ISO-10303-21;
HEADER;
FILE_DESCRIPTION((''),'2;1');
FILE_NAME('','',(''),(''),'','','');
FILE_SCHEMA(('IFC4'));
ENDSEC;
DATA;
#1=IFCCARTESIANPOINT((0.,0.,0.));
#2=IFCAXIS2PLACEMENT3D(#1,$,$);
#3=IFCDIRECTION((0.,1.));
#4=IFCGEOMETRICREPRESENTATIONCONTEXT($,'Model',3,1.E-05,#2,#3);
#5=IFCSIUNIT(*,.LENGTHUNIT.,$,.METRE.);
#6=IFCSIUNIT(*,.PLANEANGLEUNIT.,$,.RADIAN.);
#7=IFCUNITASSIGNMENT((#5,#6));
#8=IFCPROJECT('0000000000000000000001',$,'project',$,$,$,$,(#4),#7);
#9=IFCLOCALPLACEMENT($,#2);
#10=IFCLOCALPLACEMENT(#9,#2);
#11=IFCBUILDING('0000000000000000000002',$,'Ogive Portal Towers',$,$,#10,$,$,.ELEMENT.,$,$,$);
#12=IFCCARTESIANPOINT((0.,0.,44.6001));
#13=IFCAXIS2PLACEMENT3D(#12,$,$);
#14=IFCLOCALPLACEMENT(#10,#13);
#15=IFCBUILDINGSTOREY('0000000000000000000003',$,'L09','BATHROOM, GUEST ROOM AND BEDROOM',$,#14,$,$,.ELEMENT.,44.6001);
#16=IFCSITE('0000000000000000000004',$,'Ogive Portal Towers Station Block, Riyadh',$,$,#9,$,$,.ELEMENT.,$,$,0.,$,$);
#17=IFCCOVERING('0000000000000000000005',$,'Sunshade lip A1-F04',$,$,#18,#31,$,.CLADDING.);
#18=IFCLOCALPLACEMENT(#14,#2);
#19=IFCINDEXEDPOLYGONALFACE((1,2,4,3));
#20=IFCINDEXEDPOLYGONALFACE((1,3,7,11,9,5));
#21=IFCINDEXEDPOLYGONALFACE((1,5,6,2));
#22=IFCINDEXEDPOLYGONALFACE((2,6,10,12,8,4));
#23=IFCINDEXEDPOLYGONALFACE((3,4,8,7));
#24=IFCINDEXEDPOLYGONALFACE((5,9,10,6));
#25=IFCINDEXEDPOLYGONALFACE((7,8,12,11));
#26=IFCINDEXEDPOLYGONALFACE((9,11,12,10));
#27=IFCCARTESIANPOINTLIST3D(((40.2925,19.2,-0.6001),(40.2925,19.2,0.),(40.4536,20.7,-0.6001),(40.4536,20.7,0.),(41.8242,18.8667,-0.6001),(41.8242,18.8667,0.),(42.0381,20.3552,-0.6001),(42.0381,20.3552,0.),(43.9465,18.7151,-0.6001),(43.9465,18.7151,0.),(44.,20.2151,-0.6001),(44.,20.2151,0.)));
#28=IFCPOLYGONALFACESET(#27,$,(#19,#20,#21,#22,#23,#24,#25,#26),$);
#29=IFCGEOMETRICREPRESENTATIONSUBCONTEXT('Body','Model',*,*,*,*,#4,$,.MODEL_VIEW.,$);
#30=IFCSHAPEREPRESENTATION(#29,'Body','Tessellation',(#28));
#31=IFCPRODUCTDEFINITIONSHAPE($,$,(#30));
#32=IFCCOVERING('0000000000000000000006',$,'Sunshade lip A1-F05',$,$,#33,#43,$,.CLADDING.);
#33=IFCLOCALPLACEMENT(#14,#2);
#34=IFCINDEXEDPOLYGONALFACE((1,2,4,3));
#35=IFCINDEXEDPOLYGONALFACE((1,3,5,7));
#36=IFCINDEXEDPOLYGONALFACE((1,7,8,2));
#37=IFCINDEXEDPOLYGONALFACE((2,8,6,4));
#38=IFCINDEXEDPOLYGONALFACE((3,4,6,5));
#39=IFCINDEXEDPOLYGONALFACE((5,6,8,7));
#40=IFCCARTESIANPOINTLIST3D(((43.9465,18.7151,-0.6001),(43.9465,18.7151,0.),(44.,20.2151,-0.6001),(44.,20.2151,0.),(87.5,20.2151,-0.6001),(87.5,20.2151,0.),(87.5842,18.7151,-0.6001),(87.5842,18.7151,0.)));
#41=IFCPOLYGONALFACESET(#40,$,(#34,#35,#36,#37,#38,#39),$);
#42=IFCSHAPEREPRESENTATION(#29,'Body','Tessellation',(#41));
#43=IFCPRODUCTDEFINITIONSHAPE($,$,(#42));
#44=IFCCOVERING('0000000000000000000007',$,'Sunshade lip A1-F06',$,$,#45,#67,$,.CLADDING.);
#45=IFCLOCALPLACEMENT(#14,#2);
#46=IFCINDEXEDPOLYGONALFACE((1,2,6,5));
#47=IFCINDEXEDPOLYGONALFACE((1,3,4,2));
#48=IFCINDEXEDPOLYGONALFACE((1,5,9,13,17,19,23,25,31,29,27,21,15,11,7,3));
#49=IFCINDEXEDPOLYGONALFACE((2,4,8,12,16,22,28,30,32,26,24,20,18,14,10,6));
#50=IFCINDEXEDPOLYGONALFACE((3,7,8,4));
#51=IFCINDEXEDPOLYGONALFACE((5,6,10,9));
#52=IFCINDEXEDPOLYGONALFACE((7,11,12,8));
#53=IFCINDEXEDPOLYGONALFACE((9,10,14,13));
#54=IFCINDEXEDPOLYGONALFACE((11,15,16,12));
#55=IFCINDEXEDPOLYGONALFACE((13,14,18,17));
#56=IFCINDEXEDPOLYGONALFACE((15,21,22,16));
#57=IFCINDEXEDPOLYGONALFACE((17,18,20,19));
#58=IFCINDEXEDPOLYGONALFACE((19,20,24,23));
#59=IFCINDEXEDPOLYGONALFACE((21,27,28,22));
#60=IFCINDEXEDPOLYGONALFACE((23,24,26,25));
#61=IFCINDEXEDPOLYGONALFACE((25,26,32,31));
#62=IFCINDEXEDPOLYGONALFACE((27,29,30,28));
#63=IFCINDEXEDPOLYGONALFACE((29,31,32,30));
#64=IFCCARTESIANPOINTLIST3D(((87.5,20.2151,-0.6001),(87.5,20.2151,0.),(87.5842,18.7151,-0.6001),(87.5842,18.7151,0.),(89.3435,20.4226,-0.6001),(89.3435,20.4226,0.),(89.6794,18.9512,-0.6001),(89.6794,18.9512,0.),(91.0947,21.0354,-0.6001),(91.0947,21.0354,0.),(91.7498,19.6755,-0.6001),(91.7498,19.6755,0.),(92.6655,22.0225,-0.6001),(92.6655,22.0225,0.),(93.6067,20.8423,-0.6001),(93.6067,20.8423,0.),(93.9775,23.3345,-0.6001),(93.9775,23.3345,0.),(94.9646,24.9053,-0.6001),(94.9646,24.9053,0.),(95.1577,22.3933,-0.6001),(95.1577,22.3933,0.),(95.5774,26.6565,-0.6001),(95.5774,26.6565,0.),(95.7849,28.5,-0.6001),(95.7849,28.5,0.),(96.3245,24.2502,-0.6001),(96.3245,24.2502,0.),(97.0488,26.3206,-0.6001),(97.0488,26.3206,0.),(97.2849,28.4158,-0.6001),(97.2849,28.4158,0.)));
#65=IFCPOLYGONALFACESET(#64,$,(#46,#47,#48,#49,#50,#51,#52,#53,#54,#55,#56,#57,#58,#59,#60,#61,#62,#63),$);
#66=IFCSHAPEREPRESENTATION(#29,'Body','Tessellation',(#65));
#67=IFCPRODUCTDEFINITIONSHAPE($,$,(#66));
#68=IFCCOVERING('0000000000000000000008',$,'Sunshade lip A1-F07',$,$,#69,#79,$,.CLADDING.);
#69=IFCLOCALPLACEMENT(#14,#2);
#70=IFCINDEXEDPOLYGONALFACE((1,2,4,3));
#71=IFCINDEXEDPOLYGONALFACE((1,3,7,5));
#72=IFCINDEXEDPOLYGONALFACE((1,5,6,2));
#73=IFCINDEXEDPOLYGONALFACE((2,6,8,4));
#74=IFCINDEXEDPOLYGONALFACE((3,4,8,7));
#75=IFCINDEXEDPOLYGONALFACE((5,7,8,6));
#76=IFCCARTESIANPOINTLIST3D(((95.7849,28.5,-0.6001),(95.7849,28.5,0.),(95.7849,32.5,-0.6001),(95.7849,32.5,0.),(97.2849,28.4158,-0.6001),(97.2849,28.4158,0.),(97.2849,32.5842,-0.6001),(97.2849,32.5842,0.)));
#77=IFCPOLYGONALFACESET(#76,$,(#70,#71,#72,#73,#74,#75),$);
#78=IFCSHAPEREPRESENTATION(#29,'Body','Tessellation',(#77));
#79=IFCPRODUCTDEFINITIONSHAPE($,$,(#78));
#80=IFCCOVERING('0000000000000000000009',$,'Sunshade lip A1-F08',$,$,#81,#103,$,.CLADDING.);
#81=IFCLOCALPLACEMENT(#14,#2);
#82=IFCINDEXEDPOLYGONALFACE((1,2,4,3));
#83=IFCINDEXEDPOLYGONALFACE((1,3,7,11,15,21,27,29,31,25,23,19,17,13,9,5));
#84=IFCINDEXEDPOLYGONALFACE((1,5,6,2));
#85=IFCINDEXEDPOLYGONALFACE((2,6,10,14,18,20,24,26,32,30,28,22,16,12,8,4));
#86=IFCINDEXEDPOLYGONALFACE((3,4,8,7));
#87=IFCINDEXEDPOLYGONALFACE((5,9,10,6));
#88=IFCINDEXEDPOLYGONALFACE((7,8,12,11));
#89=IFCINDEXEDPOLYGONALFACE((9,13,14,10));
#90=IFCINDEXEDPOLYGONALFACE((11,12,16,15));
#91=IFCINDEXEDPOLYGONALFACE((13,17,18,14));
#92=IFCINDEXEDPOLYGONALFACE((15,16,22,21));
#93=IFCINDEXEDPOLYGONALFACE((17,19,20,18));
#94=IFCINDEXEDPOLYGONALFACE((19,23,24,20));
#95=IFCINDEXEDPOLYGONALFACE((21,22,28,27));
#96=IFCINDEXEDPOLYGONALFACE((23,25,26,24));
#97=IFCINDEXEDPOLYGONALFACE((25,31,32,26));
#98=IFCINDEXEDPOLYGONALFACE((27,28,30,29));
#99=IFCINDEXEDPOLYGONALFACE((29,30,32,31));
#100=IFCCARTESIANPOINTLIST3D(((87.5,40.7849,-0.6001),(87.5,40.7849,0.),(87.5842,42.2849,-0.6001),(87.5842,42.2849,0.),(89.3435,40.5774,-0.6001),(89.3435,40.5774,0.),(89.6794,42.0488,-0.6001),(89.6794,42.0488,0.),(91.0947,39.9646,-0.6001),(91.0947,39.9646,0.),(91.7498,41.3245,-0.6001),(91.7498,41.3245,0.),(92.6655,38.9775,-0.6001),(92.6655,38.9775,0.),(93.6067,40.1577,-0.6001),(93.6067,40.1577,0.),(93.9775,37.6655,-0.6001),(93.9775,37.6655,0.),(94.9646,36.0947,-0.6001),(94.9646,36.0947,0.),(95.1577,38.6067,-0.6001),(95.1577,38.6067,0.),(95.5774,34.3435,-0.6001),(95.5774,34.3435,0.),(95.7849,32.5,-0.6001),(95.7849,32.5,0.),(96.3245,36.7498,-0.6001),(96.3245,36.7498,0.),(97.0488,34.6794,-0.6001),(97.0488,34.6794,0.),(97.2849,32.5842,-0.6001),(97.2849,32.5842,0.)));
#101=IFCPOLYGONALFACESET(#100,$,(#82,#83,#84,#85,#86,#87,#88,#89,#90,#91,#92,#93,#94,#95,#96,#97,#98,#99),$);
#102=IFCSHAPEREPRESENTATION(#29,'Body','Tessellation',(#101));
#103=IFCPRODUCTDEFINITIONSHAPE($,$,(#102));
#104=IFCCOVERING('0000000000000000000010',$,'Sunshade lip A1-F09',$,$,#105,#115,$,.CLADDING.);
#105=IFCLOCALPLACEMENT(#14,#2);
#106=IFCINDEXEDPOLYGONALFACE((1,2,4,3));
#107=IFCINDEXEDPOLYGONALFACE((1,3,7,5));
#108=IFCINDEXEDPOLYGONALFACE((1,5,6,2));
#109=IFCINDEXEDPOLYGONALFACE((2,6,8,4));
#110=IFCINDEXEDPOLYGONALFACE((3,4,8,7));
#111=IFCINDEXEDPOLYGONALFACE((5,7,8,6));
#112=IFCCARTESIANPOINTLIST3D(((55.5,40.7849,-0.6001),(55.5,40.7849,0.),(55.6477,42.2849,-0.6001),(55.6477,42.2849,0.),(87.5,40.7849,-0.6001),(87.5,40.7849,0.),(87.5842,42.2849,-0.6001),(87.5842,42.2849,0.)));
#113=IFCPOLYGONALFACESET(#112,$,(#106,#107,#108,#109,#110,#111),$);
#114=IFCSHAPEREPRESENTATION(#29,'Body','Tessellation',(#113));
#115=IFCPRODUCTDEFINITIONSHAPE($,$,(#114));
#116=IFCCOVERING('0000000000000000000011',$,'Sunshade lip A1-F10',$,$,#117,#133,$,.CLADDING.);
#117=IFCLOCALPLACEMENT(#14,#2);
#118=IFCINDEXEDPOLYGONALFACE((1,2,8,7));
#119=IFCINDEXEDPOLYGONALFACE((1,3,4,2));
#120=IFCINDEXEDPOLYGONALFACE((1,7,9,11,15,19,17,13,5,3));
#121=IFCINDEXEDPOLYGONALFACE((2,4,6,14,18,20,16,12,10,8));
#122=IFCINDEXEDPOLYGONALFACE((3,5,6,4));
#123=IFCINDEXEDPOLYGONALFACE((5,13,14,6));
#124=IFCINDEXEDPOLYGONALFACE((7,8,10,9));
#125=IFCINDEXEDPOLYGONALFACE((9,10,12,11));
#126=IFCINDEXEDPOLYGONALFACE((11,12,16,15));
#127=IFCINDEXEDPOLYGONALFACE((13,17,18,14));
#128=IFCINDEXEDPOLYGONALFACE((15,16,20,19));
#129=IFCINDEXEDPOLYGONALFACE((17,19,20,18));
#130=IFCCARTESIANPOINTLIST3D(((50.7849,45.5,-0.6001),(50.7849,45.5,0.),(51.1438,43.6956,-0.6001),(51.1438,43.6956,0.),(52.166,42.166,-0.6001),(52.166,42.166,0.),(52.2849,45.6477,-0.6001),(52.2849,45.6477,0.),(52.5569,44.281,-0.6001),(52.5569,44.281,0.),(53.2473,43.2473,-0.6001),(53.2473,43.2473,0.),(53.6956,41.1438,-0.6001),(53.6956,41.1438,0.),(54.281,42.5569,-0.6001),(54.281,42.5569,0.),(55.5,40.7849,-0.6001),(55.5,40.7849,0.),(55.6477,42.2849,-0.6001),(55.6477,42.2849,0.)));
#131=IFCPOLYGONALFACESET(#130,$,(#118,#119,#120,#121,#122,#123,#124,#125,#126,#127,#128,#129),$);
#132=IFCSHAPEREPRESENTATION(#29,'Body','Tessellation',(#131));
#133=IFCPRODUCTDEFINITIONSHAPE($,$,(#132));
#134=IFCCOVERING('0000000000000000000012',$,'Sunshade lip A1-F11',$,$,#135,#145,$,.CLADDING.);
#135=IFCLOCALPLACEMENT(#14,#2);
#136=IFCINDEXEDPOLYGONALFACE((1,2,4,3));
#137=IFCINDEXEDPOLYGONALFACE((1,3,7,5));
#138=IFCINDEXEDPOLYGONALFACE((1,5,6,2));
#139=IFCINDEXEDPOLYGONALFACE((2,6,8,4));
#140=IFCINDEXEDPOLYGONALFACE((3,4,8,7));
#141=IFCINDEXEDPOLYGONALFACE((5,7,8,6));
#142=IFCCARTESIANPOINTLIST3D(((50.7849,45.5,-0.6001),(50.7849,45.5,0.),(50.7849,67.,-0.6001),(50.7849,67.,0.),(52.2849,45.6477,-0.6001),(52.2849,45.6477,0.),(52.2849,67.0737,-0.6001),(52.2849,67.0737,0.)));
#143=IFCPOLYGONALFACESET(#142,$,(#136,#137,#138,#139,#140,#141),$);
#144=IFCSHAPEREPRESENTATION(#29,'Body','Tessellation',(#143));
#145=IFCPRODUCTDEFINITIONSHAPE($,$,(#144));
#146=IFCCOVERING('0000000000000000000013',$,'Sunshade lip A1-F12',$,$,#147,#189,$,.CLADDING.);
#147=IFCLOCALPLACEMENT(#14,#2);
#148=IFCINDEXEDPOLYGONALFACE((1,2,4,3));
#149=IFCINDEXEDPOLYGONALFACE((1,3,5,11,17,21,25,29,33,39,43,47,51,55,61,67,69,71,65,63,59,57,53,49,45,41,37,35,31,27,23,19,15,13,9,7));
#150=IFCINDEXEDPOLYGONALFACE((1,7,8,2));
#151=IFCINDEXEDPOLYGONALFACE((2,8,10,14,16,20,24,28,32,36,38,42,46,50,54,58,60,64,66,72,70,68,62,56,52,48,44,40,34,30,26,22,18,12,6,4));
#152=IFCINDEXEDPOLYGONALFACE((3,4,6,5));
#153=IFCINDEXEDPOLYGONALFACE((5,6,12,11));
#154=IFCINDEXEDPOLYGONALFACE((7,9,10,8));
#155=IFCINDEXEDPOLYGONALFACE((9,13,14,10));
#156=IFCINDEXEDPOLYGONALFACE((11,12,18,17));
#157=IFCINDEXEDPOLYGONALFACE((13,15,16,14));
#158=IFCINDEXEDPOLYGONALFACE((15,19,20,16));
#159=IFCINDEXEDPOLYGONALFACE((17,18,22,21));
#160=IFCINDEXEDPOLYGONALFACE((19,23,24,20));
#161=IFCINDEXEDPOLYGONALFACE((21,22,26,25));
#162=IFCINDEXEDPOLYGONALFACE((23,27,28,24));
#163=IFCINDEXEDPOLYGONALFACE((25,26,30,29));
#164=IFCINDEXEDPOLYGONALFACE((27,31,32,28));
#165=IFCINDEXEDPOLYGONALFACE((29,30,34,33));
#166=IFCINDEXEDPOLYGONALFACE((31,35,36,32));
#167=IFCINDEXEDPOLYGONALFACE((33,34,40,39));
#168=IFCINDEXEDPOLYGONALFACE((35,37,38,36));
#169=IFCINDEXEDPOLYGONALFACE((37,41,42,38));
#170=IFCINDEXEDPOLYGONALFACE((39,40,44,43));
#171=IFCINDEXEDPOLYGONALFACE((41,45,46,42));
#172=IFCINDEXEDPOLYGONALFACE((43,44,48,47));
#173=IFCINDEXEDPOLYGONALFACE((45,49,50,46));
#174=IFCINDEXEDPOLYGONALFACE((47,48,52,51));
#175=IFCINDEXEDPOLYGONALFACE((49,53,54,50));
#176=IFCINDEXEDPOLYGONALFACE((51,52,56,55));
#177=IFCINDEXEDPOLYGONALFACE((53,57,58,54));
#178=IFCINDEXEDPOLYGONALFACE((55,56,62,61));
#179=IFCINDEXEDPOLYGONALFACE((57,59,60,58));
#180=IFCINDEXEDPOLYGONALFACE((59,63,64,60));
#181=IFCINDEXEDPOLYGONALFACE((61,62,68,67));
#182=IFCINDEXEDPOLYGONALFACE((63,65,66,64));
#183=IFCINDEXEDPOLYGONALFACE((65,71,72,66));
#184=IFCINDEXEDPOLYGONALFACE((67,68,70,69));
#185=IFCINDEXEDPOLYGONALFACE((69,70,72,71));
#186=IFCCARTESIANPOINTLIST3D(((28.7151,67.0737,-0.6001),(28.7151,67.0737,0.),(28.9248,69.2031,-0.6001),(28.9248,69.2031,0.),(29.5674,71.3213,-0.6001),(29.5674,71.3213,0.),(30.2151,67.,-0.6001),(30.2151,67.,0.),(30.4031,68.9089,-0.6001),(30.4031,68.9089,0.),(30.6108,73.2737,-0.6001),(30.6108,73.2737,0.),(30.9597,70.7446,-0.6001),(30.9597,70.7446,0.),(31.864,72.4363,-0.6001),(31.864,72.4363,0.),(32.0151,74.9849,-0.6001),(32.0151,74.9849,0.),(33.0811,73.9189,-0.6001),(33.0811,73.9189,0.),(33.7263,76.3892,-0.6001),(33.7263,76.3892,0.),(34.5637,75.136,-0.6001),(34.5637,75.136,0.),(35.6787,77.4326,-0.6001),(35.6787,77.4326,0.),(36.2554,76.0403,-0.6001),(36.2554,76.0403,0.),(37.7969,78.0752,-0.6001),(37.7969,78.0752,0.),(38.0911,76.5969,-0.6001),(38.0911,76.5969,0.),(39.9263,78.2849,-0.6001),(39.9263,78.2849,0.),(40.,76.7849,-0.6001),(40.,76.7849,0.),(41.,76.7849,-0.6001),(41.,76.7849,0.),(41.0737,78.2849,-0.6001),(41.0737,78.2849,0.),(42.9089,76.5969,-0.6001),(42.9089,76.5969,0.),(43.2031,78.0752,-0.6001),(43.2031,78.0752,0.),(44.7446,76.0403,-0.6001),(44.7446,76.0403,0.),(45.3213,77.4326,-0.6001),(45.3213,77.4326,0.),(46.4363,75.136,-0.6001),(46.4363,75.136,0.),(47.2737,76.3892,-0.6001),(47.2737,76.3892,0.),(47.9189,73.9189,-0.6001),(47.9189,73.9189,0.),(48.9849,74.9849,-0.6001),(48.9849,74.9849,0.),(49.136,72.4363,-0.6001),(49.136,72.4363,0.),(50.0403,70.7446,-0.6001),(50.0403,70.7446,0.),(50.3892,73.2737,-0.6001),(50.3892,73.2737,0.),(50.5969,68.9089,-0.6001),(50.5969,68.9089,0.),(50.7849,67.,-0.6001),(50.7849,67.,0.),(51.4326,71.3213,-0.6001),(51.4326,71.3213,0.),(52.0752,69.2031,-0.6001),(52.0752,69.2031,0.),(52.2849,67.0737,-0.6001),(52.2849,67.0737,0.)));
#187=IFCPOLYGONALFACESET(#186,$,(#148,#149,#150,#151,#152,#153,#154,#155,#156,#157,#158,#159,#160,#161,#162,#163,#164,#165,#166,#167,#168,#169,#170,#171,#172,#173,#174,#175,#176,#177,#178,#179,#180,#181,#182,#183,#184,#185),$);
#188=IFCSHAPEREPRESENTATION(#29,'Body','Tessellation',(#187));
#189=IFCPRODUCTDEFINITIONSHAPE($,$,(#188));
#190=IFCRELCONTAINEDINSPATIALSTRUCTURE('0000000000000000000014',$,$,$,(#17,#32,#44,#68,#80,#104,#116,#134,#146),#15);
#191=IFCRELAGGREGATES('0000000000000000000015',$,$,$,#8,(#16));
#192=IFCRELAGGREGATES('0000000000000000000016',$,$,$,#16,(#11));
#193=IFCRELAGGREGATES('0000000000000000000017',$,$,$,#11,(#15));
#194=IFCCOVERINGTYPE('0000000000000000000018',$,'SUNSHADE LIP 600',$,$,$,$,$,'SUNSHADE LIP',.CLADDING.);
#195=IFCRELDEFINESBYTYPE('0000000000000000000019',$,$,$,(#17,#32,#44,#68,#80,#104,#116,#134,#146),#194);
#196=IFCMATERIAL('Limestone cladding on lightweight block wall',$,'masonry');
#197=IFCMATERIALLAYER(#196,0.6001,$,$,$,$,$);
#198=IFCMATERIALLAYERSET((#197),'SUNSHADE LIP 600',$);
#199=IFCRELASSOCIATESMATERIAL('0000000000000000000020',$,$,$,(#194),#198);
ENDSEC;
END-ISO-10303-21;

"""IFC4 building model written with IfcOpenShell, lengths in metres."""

from ifc_helpers import new_model, si_unit, direction, frame, origin, place, context, subcontext, project, spatial, polyline, outline, extrude, material, layer, layer_set, type_object, element, save


model = new_model("IFC4")

# Units and contexts
model_context = context("Model", 3, precision=1e-05, world=origin(), true_north=direction((0.0, 1.0)))
body_context = subcontext(model_context, "Body", "Model", "MODEL_VIEW")
ifc_project = project(units=[si_unit("LENGTHUNIT", "METRE"), si_unit("PLANEANGLEUNIT", "RADIAN")], contexts=[model_context])

# Site, building, storey
site_placement = place(None, origin())
site = spatial("IfcSite", under=ifc_project, at=site_placement, Name="Ogive Portal Towers Station Block, Riyadh", CompositionType="ELEMENT", RefElevation=0.0)
building_placement = place(site_placement, origin())
building = spatial("IfcBuilding", under=site, at=building_placement, Name="Ogive Portal Towers", CompositionType="ELEMENT")
storey_placement = place(building_placement, frame((0.0, 0.0, 44.6001)))
storey = spatial("IfcBuildingStorey", under=building, at=storey_placement, Name="L09", Description="BATHROOM, GUEST ROOM AND BEDROOM", CompositionType="ELEMENT", Elevation=44.6001)

# Coverings
ifc_material_1 = material(Name="Limestone cladding on lightweight block wall", Category="masonry")
ifc_layer_1 = layer(ifc_material_1, 0.6001)
ifc_layer_set_1 = layer_set([ifc_layer_1], Name="SUNSHADE LIP 600")
covering_type_1 = type_object("IfcCoveringType", Name="SUNSHADE LIP 600", ElementType="SUNSHADE LIP", PredefinedType="CLADDING", material=ifc_layer_set_1)
covering_1_placement = place(storey_placement, frame((0.0, 0.0, -0.6001)))
element("IfcCovering", 1, at=covering_1_placement, inside=storey, type_object=covering_type_1, Name="Sunshade lip A1-F04", PredefinedType="CLADDING", context=body_context, shape_type="SweptSolid", body=[
    extrude(outline(polyline([(40.4536, 20.7), (42.0381, 20.3552), (44.0, 20.2151), (43.9465, 18.7151), (41.8242, 18.8667), (40.2925, 19.2), (40.4536, 20.7)])), origin(), (0.0, 0.0, 1.0), 0.6001),
])
covering_2_placement = place(storey_placement, frame((0.0, 0.0, -0.6001)))
element("IfcCovering", 2, at=covering_2_placement, inside=storey, type_object=covering_type_1, Name="Sunshade lip A1-F05", PredefinedType="CLADDING", context=body_context, shape_type="SweptSolid", body=[
    extrude(outline(polyline([(44.0, 20.2151), (87.5, 20.2151), (87.5842, 18.7151), (43.9465, 18.7151), (44.0, 20.2151)])), origin(), (0.0, 0.0, 1.0), 0.6001),
])
covering_3_placement = place(storey_placement, frame((0.0, 0.0, -0.6001)))
element("IfcCovering", 3, at=covering_3_placement, inside=storey, type_object=covering_type_1, Name="Sunshade lip A1-F06", PredefinedType="CLADDING", context=body_context, shape_type="SweptSolid", body=[
    extrude(outline(polyline([(87.5, 20.2151), (89.3435, 20.4226), (91.0947, 21.0354), (92.6655, 22.0225), (93.9775, 23.3345), (94.9646, 24.9053), (95.5774, 26.6565), (95.7849, 28.5), (97.2849, 28.4158), (97.0488, 26.3206), (96.3245, 24.2502), (95.1577, 22.3933), (93.6067, 20.8423), (91.7498, 19.6755), (89.6794, 18.9512), (87.5842, 18.7151), (87.5, 20.2151)])), origin(), (0.0, 0.0, 1.0), 0.6001),
])
covering_4_placement = place(storey_placement, frame((0.0, 0.0, -0.6001)))
element("IfcCovering", 4, at=covering_4_placement, inside=storey, type_object=covering_type_1, Name="Sunshade lip A1-F07", PredefinedType="CLADDING", context=body_context, shape_type="SweptSolid", body=[
    extrude(outline(polyline([(95.7849, 28.5), (95.7849, 32.5), (97.2849, 32.5842), (97.2849, 28.4158), (95.7849, 28.5)])), origin(), (0.0, 0.0, 1.0), 0.6001),
])
covering_5_placement = place(storey_placement, frame((0.0, 0.0, -0.6001)))
element("IfcCovering", 5, at=covering_5_placement, inside=storey, type_object=covering_type_1, Name="Sunshade lip A1-F08", PredefinedType="CLADDING", context=body_context, shape_type="SweptSolid", body=[
    extrude(outline(polyline([(95.7849, 32.5), (95.5774, 34.3435), (94.9646, 36.0947), (93.9775, 37.6655), (92.6655, 38.9775), (91.0947, 39.9646), (89.3435, 40.5774), (87.5, 40.7849), (87.5842, 42.2849), (89.6794, 42.0488), (91.7498, 41.3245), (93.6067, 40.1577), (95.1577, 38.6067), (96.3245, 36.7498), (97.0488, 34.6794), (97.2849, 32.5842), (95.7849, 32.5)])), origin(), (0.0, 0.0, 1.0), 0.6001),
])
covering_6_placement = place(storey_placement, frame((0.0, 0.0, -0.6001)))
element("IfcCovering", 6, at=covering_6_placement, inside=storey, type_object=covering_type_1, Name="Sunshade lip A1-F09", PredefinedType="CLADDING", context=body_context, shape_type="SweptSolid", body=[
    extrude(outline(polyline([(87.5, 40.7849), (55.5, 40.7849), (55.6477, 42.2849), (87.5842, 42.2849), (87.5, 40.7849)])), origin(), (0.0, 0.0, 1.0), 0.6001),
])
covering_7_placement = place(storey_placement, frame((0.0, 0.0, -0.6001)))
element("IfcCovering", 7, at=covering_7_placement, inside=storey, type_object=covering_type_1, Name="Sunshade lip A1-F10", PredefinedType="CLADDING", context=body_context, shape_type="SweptSolid", body=[
    extrude(outline(polyline([(55.5, 40.7849), (53.6956, 41.1438), (52.166, 42.166), (51.1438, 43.6956), (50.7849, 45.5), (52.2849, 45.6477), (52.5569, 44.281), (53.2473, 43.2473), (54.281, 42.5569), (55.6477, 42.2849), (55.5, 40.7849)])), origin(), (0.0, 0.0, 1.0), 0.6001),
])
covering_8_placement = place(storey_placement, frame((0.0, 0.0, -0.6001)))
element("IfcCovering", 8, at=covering_8_placement, inside=storey, type_object=covering_type_1, Name="Sunshade lip A1-F11", PredefinedType="CLADDING", context=body_context, shape_type="SweptSolid", body=[
    extrude(outline(polyline([(50.7849, 45.5), (50.7849, 67.0), (52.2849, 67.0737), (52.2849, 45.6477), (50.7849, 45.5)])), origin(), (0.0, 0.0, 1.0), 0.6001),
])
covering_9_placement = place(storey_placement, frame((0.0, 0.0, -0.6001)))
element("IfcCovering", 9, at=covering_9_placement, inside=storey, type_object=covering_type_1, Name="Sunshade lip A1-F12", PredefinedType="CLADDING", context=body_context, shape_type="SweptSolid", body=[
    extrude(outline(polyline([(50.7849, 67.0), (50.5969, 68.9089), (50.0403, 70.7446), (49.136, 72.4363), (47.9189, 73.9189), (46.4363, 75.136), (44.7446, 76.0403), (42.9089, 76.5969), (41.0, 76.7849), (40.0, 76.7849), (38.0911, 76.5969), (36.2554, 76.0403), (34.5637, 75.136), (33.0811, 73.9189), (31.864, 72.4363), (30.9597, 70.7446), (30.4031, 68.9089), (30.2151, 67.0), (28.7151, 67.0737), (28.9248, 69.2031), (29.5674, 71.3213), (30.6108, 73.2737), (32.0151, 74.9849), (33.7263, 76.3892), (35.6787, 77.4326), (37.7969, 78.0752), (39.9263, 78.2849), (41.0737, 78.2849), (43.2031, 78.0752), (45.3213, 77.4326), (47.2737, 76.3892), (48.9849, 74.9849), (50.3892, 73.2737), (51.4326, 71.3213), (52.0752, 69.2031), (52.2849, 67.0737), (50.7849, 67.0)])), origin(), (0.0, 0.0, 1.0), 0.6001),
])

save(model, "model.ifc")
